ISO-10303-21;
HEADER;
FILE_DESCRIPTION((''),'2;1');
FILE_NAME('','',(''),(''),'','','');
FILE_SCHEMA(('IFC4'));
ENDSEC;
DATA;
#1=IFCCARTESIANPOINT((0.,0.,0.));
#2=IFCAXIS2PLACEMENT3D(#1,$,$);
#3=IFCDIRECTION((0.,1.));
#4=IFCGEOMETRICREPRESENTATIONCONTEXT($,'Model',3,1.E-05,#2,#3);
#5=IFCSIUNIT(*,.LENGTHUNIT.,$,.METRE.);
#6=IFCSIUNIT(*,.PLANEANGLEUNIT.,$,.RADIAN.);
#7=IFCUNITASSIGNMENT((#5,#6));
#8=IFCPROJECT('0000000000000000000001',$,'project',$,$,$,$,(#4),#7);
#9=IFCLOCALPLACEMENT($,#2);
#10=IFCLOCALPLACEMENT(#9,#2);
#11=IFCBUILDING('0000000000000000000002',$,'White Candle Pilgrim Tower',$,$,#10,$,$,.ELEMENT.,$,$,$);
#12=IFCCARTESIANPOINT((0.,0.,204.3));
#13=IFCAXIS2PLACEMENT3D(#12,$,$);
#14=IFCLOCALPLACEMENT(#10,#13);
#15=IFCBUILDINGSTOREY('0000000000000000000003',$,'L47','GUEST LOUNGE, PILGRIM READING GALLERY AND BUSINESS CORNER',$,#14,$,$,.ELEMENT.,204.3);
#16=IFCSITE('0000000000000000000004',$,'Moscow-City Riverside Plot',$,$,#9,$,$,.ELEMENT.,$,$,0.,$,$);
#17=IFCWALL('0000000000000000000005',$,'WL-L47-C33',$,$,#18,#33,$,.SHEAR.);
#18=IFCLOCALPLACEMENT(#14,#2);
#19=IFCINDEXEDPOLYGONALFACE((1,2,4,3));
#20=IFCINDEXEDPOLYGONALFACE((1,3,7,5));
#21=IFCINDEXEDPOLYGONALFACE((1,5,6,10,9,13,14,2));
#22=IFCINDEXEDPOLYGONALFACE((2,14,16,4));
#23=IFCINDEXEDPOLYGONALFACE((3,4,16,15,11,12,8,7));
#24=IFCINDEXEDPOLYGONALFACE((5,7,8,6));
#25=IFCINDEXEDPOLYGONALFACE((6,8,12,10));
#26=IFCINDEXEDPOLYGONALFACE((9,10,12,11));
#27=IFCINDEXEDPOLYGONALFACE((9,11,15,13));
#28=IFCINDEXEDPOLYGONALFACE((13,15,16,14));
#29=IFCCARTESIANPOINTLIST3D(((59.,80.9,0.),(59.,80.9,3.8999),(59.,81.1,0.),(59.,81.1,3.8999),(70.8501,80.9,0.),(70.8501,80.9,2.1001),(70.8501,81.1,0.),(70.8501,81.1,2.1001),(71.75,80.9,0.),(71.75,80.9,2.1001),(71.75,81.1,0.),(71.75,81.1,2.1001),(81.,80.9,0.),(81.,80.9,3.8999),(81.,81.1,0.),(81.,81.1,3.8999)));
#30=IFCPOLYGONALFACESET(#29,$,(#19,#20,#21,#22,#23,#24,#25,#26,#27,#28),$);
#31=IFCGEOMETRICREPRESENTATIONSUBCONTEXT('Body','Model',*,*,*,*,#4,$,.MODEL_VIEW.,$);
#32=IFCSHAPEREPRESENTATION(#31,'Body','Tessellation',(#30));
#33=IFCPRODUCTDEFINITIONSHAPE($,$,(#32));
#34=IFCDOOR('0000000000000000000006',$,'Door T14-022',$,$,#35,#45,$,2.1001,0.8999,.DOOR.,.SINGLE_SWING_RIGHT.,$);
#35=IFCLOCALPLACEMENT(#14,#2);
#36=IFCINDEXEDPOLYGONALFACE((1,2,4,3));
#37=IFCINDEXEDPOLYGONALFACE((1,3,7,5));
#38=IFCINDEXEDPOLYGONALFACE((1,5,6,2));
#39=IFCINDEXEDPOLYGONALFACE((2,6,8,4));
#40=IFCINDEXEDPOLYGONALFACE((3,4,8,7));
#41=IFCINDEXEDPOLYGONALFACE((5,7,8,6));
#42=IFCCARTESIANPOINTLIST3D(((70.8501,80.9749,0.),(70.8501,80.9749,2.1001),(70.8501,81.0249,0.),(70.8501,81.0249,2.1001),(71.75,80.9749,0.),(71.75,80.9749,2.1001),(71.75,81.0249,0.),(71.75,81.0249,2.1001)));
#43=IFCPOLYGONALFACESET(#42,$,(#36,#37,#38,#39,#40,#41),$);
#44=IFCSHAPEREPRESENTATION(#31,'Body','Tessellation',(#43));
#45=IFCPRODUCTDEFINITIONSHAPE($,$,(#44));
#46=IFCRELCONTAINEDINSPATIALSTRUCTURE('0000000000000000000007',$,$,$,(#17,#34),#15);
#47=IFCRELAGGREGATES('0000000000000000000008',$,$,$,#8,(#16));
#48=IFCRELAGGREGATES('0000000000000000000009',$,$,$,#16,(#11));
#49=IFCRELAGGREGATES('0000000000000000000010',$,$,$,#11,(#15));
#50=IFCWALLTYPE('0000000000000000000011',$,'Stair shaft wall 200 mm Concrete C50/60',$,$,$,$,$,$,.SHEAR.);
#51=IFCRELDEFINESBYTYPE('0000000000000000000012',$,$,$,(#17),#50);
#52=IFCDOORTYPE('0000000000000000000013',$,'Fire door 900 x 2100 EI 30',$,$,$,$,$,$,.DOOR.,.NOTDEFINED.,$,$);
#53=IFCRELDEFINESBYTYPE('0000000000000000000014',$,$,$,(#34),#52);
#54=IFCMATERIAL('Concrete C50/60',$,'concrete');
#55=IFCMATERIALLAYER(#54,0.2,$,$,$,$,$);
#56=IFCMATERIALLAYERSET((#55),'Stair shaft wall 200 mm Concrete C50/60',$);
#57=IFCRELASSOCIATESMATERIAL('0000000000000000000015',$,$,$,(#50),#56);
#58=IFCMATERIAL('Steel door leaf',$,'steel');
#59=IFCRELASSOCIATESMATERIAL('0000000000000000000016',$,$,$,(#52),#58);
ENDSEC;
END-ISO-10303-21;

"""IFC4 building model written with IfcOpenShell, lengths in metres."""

from ifc_helpers import new_model, si_unit, direction, frame, frame_2d, origin, place, context, subcontext, project, spatial, rectangle, extrude, material, layer, layer_set, type_object, element, fill, save


model = new_model("IFC4")

# Units and contexts
model_context = context("Model", 3, precision=1e-05, world=origin(), true_north=direction((0.0, 1.0)))
body_context = subcontext(model_context, "Body", "Model", "MODEL_VIEW")
ifc_project = project(units=[si_unit("LENGTHUNIT", "METRE"), si_unit("PLANEANGLEUNIT", "RADIAN")], contexts=[model_context])

# Site, building, storey
site_placement = place(None, origin())
site = spatial("IfcSite", under=ifc_project, at=site_placement, Name="Moscow-City Riverside Plot", CompositionType="ELEMENT", RefElevation=0.0)
building_placement = place(site_placement, origin())
building = spatial("IfcBuilding", under=site, at=building_placement, Name="White Candle Pilgrim Tower", CompositionType="ELEMENT")
storey_placement = place(building_placement, frame((0.0, 0.0, 204.3)))
storey = spatial("IfcBuildingStorey", under=building, at=storey_placement, Name="L47", Description="GUEST LOUNGE, PILGRIM READING GALLERY AND BUSINESS CORNER", CompositionType="ELEMENT", Elevation=204.3)

# Shared definitions
ifc_material_1 = material(Name="Concrete C50/60", Category="concrete")

# Wall, opening, door
ifc_layer_1 = layer(ifc_material_1, 0.2)
ifc_layer_set_1 = layer_set([ifc_layer_1], Name="Stair shaft wall 200 mm Concrete C50/60")
wall_type_1 = type_object("IfcWallType", Name="Stair shaft wall 200 mm Concrete C50/60", PredefinedType="SHEAR", material=ifc_layer_set_1)
wall_1_placement = place(storey_placement, frame((59.0, 81.0, 0.0), z_axis=(0.0, 0.0, 1.0), x_axis=(1.0, 0.0, 0.0)))
wall_1 = element("IfcWall", 1, at=wall_1_placement, inside=storey, type_object=wall_type_1, Name="WL-L47-C33", PredefinedType="SHEAR", context=body_context, shape_type="SweptSolid", body=[
    extrude(rectangle(XDim=22.0, YDim=0.2, at=frame_2d((11.0, 0.0))), origin(), (0.0, 0.0, 1.0), 3.8999),
])
opening_1_placement = place(wall_1_placement, frame((11.8501, 0.0, 0.0)))
opening_1 = element("IfcOpeningElement", 2, at=opening_1_placement, cuts=wall_1, PredefinedType="OPENING", context=body_context, shape_type="SweptSolid", body=[
    extrude(rectangle(XDim=0.8999, YDim=2.1001, at=frame_2d((0.45, 1.05))), frame((0.0, 0.1099, 0.0), z_axis=(0.0, -1.0, 0.0), x_axis=(1.0, 0.0, 0.0)), (0.0, 0.0, 1.0), 0.22),
])
ifc_material_2 = material(Name="Steel door leaf", Category="steel")
door_type_1 = type_object("IfcDoorType", Name="Fire door 900 x 2100 EI 30", OperationType="NOTDEFINED", PredefinedType="DOOR", material=ifc_material_2)
door_1_placement = place(opening_1_placement, origin())
door_1 = element("IfcDoor", 3, at=door_1_placement, inside=storey, type_object=door_type_1, Name="Door T14-022", OperationType="SINGLE_SWING_RIGHT", OverallHeight=2.1001, OverallWidth=0.8999, PredefinedType="DOOR", context=body_context, shape_type="SweptSolid", body=[
    extrude(rectangle(XDim=0.8999, YDim=2.1001, at=frame_2d((0.45, 1.05))), frame((0.0, 0.0249, 0.0), z_axis=(0.0, -1.0, 0.0), x_axis=(1.0, 0.0, 0.0)), (0.0, 0.0, 1.0), 0.05),
])
fill(opening_1, door_1)

save(model, "model.ifc")
